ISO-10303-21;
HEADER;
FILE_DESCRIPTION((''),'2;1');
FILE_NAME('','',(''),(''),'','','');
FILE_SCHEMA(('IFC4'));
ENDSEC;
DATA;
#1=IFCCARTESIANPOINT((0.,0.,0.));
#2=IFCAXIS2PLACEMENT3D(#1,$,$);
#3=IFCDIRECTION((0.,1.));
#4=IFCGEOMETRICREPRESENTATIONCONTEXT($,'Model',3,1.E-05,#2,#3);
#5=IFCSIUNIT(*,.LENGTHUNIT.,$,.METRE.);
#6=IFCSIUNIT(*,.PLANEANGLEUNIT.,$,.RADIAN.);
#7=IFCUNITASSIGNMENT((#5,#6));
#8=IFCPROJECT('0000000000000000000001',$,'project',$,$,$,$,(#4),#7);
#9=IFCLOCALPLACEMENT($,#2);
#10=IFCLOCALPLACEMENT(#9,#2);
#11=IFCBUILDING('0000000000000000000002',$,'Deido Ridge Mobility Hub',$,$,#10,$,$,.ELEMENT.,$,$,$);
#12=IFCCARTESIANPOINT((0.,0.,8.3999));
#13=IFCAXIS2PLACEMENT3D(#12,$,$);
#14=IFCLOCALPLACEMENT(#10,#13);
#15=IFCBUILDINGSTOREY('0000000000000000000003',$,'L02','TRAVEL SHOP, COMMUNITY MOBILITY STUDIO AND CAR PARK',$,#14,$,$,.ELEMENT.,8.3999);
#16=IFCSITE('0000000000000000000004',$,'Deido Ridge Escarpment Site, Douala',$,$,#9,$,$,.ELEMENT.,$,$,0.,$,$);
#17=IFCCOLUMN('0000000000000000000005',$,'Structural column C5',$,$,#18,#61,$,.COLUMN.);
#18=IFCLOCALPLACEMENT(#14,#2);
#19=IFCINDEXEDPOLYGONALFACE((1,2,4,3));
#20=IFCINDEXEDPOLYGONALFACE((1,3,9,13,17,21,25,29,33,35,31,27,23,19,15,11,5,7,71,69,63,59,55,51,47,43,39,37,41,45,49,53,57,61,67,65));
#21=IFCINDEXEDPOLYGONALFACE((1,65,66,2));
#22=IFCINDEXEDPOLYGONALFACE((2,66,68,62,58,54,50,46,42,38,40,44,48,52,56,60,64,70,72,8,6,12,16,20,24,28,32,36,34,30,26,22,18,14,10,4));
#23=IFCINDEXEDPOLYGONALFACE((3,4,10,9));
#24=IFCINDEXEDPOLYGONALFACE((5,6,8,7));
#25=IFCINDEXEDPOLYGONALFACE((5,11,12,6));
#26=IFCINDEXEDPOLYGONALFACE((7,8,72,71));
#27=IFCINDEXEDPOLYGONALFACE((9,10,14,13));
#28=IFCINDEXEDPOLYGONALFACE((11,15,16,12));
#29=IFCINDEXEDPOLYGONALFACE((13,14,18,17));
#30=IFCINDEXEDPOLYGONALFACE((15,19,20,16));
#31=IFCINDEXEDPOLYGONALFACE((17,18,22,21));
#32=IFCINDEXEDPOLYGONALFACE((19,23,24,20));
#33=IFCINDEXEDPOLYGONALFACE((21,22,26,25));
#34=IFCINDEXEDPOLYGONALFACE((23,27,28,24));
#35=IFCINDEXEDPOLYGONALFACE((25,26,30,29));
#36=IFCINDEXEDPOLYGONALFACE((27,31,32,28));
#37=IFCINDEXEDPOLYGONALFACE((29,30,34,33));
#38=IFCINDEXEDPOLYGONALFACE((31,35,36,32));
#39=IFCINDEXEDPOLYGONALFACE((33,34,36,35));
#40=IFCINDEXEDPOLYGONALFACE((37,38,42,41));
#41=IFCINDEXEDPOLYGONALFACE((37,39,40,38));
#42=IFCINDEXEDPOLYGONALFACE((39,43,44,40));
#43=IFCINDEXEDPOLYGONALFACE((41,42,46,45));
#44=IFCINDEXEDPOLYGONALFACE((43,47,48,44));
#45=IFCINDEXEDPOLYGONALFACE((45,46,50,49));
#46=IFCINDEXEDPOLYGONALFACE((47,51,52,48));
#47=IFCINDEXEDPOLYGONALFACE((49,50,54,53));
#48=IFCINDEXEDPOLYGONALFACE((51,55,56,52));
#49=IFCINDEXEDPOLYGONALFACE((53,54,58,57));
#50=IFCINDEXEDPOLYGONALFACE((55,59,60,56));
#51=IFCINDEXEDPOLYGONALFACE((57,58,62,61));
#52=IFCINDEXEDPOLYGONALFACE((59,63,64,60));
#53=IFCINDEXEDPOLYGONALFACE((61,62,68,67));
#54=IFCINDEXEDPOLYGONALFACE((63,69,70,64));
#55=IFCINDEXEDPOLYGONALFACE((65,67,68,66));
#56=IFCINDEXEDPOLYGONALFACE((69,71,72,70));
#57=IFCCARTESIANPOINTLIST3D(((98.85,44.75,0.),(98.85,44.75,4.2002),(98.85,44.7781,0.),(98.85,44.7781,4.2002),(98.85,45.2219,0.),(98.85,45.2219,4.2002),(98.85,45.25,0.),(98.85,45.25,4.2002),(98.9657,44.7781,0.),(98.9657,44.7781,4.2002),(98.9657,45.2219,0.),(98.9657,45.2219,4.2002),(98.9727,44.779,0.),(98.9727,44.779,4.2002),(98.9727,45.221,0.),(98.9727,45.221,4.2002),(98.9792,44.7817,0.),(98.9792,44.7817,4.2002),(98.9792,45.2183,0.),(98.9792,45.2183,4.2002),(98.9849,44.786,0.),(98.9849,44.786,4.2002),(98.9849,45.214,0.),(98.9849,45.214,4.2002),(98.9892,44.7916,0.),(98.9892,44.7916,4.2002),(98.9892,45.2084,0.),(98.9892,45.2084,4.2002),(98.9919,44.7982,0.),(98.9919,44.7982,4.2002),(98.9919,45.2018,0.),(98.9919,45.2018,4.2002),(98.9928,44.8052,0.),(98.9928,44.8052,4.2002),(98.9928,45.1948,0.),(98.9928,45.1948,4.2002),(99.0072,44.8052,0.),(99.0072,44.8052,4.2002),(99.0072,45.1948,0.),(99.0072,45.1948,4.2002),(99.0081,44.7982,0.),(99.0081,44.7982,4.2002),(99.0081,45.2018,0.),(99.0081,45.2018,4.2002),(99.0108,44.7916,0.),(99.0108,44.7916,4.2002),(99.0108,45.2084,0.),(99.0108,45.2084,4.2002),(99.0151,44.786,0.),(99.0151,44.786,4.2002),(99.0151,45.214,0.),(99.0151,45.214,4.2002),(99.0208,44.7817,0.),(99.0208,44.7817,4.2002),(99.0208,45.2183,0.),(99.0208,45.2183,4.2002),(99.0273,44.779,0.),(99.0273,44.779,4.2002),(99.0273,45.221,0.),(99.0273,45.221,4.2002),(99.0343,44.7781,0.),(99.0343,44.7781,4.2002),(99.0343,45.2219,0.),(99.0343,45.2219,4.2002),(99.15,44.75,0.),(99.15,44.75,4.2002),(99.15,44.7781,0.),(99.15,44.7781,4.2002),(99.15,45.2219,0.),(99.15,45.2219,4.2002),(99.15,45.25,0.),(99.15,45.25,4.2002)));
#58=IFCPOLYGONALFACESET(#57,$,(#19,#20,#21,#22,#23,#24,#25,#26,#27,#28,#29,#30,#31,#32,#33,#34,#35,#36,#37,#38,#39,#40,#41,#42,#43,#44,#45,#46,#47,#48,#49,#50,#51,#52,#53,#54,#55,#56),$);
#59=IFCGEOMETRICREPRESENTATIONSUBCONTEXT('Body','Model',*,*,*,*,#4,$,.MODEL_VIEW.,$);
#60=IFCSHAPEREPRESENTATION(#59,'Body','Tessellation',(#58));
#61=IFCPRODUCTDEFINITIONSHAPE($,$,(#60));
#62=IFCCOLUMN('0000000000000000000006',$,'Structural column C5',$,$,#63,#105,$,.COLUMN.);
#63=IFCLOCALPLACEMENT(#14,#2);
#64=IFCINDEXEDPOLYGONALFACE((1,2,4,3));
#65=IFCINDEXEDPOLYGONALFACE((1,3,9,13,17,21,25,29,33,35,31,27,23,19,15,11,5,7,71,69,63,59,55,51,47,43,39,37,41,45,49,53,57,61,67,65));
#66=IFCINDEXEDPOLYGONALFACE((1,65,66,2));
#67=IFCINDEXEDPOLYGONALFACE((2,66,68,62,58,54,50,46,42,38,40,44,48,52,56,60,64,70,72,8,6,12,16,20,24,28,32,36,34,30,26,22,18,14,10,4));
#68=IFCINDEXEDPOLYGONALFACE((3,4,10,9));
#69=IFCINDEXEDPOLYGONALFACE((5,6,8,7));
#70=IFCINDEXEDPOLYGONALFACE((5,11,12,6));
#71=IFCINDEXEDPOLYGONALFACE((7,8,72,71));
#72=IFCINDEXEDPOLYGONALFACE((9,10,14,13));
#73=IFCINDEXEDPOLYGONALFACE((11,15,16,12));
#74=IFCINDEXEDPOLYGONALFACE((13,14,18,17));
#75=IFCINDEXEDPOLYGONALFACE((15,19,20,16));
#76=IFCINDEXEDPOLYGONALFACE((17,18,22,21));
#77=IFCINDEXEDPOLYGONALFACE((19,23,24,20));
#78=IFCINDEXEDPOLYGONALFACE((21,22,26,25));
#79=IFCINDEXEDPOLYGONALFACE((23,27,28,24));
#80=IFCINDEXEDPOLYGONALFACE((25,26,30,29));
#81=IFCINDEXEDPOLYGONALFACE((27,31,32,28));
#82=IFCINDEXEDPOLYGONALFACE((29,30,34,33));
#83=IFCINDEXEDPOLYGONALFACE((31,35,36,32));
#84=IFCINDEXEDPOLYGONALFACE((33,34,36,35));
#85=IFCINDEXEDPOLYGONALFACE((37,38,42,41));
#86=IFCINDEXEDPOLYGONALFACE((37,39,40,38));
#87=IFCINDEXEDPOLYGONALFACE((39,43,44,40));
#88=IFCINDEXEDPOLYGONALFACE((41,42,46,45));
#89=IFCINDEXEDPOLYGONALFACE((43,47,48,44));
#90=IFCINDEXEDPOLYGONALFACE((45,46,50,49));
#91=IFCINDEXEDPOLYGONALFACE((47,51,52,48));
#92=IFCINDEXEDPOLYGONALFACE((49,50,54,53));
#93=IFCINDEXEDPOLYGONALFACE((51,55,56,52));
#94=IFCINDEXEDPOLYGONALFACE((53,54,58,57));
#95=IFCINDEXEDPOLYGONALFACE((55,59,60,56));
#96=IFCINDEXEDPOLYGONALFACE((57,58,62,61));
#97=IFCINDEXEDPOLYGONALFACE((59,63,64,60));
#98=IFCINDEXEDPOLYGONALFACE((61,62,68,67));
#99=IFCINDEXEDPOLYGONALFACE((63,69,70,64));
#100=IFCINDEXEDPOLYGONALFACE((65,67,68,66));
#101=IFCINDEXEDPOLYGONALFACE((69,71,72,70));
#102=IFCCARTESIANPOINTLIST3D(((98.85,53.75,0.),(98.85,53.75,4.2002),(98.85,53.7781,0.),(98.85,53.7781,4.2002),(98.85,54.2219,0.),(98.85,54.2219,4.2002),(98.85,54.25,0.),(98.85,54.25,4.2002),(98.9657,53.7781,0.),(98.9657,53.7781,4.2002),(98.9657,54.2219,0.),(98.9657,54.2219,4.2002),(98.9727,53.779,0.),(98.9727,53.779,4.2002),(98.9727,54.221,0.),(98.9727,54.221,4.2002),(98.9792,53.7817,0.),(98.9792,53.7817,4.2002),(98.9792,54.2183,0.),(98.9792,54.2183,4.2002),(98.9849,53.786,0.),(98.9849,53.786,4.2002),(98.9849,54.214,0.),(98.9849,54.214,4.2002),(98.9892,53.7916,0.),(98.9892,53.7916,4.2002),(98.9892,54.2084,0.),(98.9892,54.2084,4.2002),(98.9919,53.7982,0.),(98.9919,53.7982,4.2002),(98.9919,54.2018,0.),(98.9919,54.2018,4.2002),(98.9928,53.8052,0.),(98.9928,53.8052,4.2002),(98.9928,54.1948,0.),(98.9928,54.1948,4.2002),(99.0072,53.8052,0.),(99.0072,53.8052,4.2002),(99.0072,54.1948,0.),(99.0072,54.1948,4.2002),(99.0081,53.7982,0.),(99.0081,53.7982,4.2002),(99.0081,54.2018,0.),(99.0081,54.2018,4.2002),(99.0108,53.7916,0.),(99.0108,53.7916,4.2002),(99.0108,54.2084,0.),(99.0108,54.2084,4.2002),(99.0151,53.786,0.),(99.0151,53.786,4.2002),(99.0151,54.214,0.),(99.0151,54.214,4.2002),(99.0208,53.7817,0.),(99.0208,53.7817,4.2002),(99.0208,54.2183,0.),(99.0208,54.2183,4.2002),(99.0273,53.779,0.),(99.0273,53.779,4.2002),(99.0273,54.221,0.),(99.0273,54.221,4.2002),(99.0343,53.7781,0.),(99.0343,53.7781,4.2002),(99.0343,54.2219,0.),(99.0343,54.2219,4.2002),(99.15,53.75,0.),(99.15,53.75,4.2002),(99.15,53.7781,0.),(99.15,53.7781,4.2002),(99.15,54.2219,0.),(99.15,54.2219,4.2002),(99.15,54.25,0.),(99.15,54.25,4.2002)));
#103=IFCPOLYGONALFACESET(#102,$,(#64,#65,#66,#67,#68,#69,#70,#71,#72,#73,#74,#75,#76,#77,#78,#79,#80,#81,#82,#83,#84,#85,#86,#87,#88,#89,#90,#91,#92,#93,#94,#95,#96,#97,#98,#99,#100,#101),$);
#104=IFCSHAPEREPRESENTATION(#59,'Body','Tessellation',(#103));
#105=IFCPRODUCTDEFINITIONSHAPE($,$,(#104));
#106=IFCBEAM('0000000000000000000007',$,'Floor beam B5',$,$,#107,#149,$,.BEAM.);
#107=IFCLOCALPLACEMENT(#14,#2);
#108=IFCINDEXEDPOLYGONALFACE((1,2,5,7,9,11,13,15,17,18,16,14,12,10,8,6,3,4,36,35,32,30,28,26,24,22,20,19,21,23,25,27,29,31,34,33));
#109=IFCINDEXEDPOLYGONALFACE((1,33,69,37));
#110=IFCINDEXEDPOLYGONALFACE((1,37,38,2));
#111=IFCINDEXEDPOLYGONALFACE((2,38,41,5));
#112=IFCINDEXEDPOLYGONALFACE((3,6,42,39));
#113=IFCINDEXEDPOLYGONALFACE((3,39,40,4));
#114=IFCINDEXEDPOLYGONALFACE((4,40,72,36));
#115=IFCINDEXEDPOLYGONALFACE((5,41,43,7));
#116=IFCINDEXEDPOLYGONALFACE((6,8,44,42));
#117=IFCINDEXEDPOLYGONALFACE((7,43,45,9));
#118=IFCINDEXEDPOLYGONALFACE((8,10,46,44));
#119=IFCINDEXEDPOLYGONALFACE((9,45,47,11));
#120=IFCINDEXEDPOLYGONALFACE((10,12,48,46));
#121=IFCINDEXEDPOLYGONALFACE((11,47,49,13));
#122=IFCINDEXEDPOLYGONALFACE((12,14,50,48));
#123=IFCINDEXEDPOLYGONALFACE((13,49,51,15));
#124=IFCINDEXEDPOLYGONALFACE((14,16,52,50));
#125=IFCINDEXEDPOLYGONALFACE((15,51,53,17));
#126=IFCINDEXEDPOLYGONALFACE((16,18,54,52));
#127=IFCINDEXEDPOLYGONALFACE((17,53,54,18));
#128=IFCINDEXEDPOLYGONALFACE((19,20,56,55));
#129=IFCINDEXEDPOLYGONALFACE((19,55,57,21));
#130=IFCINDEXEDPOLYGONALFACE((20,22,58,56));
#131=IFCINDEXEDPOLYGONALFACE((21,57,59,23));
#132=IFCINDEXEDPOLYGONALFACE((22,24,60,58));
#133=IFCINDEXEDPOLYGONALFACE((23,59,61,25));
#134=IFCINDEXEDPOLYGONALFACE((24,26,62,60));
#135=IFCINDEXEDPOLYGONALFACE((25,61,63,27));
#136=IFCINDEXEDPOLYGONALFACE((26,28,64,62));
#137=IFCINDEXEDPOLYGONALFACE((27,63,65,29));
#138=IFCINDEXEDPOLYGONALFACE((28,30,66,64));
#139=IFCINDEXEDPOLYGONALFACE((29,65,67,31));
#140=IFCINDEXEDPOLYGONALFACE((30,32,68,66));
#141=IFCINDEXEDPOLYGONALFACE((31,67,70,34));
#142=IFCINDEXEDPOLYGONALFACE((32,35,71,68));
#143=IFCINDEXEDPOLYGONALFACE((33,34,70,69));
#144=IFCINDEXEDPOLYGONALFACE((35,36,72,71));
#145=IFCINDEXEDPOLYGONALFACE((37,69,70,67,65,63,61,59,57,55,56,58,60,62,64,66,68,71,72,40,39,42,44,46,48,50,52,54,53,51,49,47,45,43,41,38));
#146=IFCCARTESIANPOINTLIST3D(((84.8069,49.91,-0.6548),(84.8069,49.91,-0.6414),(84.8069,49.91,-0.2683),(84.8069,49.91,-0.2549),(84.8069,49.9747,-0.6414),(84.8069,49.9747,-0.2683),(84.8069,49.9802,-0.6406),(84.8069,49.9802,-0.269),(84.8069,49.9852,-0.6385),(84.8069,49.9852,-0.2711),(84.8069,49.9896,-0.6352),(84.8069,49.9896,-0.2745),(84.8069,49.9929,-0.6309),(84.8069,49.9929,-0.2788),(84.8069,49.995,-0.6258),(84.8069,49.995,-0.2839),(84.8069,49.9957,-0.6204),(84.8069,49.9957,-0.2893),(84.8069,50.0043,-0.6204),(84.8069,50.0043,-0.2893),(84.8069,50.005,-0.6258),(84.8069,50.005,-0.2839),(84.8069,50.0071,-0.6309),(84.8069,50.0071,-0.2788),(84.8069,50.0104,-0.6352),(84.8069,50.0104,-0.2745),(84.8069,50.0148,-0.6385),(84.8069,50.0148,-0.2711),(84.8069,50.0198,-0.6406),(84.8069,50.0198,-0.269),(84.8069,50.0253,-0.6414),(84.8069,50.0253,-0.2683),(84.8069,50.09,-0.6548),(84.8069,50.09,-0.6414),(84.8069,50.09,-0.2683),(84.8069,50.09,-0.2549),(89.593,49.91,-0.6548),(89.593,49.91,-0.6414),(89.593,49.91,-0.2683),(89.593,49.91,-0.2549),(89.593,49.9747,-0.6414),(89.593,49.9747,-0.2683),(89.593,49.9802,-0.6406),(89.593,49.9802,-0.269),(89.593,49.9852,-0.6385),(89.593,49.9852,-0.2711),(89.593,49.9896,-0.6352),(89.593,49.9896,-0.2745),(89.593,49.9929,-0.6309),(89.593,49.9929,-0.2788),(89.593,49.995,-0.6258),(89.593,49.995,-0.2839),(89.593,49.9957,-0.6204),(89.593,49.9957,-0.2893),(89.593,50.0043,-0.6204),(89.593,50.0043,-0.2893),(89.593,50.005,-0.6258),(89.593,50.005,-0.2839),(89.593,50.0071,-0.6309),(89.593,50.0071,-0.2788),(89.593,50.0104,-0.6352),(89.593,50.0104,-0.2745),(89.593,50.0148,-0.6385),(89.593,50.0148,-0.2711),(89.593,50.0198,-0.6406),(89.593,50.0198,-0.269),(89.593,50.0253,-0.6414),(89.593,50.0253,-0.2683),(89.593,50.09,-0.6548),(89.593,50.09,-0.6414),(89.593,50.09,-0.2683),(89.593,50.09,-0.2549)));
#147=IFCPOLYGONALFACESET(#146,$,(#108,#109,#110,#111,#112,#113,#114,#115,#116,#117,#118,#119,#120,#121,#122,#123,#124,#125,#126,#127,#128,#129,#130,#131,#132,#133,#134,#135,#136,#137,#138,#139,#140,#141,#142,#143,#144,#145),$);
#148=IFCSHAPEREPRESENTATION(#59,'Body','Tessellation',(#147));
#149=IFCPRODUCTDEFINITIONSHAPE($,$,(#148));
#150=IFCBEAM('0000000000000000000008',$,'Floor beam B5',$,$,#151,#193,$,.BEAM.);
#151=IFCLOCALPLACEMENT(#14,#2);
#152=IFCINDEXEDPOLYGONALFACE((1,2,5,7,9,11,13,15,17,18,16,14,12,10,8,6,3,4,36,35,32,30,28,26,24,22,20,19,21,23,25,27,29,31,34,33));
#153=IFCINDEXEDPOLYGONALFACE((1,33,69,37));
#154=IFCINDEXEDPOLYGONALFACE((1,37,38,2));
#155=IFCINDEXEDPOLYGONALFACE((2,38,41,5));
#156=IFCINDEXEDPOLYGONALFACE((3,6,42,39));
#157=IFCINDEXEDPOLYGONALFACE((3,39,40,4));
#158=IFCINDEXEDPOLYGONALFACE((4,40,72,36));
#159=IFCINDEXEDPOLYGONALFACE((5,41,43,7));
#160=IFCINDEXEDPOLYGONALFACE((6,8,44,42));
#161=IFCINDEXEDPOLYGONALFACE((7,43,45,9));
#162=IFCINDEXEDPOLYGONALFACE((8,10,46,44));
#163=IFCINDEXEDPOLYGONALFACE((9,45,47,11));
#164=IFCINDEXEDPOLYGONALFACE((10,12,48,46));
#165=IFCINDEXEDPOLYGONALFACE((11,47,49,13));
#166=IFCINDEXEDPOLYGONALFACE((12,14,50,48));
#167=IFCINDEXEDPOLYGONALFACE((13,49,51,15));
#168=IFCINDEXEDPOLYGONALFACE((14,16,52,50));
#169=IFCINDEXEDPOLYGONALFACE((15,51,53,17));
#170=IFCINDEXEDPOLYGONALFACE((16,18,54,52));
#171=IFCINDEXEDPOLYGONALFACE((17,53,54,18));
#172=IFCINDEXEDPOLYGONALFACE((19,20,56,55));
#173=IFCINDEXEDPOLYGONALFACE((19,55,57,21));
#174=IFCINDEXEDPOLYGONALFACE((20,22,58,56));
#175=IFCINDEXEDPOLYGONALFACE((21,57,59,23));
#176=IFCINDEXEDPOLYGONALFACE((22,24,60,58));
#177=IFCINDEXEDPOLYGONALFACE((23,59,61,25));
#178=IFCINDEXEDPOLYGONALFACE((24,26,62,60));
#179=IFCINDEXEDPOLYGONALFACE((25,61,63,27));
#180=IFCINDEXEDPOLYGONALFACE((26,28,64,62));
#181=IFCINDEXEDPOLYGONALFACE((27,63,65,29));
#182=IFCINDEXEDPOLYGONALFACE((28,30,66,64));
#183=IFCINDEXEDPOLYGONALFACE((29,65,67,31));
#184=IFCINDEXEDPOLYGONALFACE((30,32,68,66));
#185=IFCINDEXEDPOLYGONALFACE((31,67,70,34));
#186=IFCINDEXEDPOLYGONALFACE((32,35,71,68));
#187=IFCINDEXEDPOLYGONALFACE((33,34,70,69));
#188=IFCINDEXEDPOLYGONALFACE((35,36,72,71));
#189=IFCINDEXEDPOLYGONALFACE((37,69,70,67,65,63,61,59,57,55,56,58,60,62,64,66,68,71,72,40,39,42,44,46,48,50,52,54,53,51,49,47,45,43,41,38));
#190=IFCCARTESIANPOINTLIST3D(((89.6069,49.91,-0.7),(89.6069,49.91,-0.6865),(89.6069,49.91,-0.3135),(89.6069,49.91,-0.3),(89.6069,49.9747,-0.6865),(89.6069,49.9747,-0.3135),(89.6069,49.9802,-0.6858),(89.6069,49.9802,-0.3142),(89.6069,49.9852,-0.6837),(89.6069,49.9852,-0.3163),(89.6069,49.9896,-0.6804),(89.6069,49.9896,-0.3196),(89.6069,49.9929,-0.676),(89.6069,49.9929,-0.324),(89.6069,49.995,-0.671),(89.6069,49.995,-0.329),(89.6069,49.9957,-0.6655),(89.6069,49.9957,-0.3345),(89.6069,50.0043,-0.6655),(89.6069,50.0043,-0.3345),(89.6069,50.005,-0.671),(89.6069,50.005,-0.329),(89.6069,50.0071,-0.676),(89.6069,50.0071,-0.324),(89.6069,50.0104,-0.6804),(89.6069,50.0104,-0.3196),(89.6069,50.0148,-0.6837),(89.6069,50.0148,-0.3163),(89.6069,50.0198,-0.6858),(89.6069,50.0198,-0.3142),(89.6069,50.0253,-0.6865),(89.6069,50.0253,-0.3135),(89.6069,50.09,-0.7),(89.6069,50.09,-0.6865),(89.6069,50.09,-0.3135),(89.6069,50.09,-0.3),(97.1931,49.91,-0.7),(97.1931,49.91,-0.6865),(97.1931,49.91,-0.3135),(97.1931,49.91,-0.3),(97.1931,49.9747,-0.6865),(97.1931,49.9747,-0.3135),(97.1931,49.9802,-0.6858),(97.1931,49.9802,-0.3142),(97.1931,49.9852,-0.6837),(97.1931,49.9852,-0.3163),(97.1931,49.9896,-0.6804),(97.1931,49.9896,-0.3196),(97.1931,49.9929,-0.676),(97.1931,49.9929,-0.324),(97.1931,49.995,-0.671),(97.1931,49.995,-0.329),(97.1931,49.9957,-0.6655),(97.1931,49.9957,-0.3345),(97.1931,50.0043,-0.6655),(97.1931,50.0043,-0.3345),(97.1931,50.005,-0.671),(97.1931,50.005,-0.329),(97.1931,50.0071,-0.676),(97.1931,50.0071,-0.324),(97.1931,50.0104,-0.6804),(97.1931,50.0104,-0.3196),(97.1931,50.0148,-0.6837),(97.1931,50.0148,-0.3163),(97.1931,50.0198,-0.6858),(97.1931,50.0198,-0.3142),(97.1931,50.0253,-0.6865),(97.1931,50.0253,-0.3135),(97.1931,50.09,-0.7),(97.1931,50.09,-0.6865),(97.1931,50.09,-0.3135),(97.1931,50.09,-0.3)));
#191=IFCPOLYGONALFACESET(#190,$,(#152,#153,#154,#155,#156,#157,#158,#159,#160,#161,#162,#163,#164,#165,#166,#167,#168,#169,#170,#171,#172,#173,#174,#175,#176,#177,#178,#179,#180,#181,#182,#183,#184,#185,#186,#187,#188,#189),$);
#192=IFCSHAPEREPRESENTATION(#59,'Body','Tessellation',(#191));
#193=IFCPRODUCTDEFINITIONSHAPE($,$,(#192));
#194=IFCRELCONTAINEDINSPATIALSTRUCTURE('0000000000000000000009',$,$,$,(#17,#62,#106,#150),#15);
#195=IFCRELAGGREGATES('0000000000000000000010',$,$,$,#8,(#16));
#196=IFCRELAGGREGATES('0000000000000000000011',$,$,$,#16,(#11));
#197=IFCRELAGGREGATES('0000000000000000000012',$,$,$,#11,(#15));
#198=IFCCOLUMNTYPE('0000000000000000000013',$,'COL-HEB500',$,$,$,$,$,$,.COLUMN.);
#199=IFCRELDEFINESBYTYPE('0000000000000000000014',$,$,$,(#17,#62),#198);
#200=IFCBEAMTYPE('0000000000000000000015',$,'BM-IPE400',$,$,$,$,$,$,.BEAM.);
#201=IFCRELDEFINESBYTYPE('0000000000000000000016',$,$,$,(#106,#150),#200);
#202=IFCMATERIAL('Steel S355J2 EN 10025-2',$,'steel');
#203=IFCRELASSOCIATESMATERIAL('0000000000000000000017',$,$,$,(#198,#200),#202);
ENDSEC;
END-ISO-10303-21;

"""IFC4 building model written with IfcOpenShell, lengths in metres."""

from ifc_helpers import new_model, si_unit, direction, frame, origin, origin_2d, place, context, subcontext, project, spatial, i_section, extrude, material, material_profile, profile_set, type_object, element, save


model = new_model("IFC4")

# Units and contexts
model_context = context("Model", 3, precision=1e-05, world=origin(), true_north=direction((0.0, 1.0)))
body_context = subcontext(model_context, "Body", "Model", "MODEL_VIEW")
ifc_project = project(units=[si_unit("LENGTHUNIT", "METRE"), si_unit("PLANEANGLEUNIT", "RADIAN")], contexts=[model_context])

# Site, building, storey
site_placement = place(None, origin())
site = spatial("IfcSite", under=ifc_project, at=site_placement, Name="Deido Ridge Escarpment Site, Douala", CompositionType="ELEMENT", RefElevation=0.0)
building_placement = place(site_placement, origin())
building = spatial("IfcBuilding", under=site, at=building_placement, Name="Deido Ridge Mobility Hub", CompositionType="ELEMENT")
storey_placement = place(building_placement, frame((0.0, 0.0, 8.3999)))
storey = spatial("IfcBuildingStorey", under=building, at=storey_placement, Name="L02", Description="TRAVEL SHOP, COMMUNITY MOBILITY STUDIO AND CAR PARK", CompositionType="ELEMENT", Elevation=8.3999)

# Columns
ifc_material_1 = material(Name="Steel S355J2 EN 10025-2", Category="steel")
ifc_material_profile_1 = material_profile(ifc_material_1, i_section(OverallWidth=0.3, OverallDepth=0.5, WebThickness=0.0144, FlangeThickness=0.0281, FilletRadius=0.0271, at=origin_2d()), Name="HEB 500")
ifc_profile_set_1 = profile_set([ifc_material_profile_1], Name="Steel S355J2 EN 10025-2")
column_type_1 = type_object("IfcColumnType", Name="COL-HEB500", PredefinedType="COLUMN", material=ifc_profile_set_1)
for number, where, z_axis, x_axis, name in (
    (1, (99.0, 45.0, 0.0), (0.0, 0.0, 1.0), (1.0, 0.0, 0.0), "Structural column C5"),
    (2, (99.0, 54.0, 0.0), (0.0, 0.0, 1.0), (1.0, 0.0, 0.0), "Structural column C5"),
):
    element("IfcColumn", number, at=place(storey_placement, frame(where, z_axis=z_axis, x_axis=x_axis)), inside=storey, type_object=column_type_1, Name=name, PredefinedType="COLUMN", context=body_context, shape_type="SweptSolid", body=[
        extrude(i_section(OverallWidth=0.3, OverallDepth=0.5, WebThickness=0.0144, FlangeThickness=0.0281, FilletRadius=0.0271, at=origin_2d()), origin(), (0.0, 0.0, 1.0), 4.2002),
    ])

# Beams
ifc_material_profile_2 = material_profile(ifc_material_1, i_section(OverallWidth=0.1799, OverallDepth=0.3999, WebThickness=0.0085, FlangeThickness=0.0134, FilletRadius=0.021, at=origin_2d()), Name="IPE 400")
ifc_profile_set_2 = profile_set([ifc_material_profile_2], Name="Steel S355J2 EN 10025-2")
beam_type_1 = type_object("IfcBeamType", Name="BM-IPE400", PredefinedType="BEAM", material=ifc_profile_set_2)
beam_1_placement = place(storey_placement, frame((84.8069, 50.0, -0.4548), z_axis=(1.0, 0.0, 0.0), x_axis=(0.0, 1.0, 0.0)))
element("IfcBeam", 3, at=beam_1_placement, inside=storey, type_object=beam_type_1, Name="Floor beam B5", PredefinedType="BEAM", context=body_context, shape_type="SweptSolid", body=[
    extrude(i_section(OverallWidth=0.1799, OverallDepth=0.3999, WebThickness=0.0085, FlangeThickness=0.0134, FilletRadius=0.021, at=origin_2d()), origin(), (0.0, 0.0, 1.0), 4.7861),
])
beam_2_placement = place(storey_placement, frame((89.6069, 50.0, -0.5), z_axis=(1.0, 0.0, 0.0), x_axis=(0.0, 1.0, 0.0)))
element("IfcBeam", 4, at=beam_2_placement, inside=storey, type_object=beam_type_1, Name="Floor beam B5", PredefinedType="BEAM", context=body_context, shape_type="SweptSolid", body=[
    extrude(i_section(OverallWidth=0.1799, OverallDepth=0.3999, WebThickness=0.0085, FlangeThickness=0.0134, FilletRadius=0.021, at=origin_2d()), origin(), (0.0, 0.0, 1.0), 7.5862),
])

save(model, "model.ifc")
